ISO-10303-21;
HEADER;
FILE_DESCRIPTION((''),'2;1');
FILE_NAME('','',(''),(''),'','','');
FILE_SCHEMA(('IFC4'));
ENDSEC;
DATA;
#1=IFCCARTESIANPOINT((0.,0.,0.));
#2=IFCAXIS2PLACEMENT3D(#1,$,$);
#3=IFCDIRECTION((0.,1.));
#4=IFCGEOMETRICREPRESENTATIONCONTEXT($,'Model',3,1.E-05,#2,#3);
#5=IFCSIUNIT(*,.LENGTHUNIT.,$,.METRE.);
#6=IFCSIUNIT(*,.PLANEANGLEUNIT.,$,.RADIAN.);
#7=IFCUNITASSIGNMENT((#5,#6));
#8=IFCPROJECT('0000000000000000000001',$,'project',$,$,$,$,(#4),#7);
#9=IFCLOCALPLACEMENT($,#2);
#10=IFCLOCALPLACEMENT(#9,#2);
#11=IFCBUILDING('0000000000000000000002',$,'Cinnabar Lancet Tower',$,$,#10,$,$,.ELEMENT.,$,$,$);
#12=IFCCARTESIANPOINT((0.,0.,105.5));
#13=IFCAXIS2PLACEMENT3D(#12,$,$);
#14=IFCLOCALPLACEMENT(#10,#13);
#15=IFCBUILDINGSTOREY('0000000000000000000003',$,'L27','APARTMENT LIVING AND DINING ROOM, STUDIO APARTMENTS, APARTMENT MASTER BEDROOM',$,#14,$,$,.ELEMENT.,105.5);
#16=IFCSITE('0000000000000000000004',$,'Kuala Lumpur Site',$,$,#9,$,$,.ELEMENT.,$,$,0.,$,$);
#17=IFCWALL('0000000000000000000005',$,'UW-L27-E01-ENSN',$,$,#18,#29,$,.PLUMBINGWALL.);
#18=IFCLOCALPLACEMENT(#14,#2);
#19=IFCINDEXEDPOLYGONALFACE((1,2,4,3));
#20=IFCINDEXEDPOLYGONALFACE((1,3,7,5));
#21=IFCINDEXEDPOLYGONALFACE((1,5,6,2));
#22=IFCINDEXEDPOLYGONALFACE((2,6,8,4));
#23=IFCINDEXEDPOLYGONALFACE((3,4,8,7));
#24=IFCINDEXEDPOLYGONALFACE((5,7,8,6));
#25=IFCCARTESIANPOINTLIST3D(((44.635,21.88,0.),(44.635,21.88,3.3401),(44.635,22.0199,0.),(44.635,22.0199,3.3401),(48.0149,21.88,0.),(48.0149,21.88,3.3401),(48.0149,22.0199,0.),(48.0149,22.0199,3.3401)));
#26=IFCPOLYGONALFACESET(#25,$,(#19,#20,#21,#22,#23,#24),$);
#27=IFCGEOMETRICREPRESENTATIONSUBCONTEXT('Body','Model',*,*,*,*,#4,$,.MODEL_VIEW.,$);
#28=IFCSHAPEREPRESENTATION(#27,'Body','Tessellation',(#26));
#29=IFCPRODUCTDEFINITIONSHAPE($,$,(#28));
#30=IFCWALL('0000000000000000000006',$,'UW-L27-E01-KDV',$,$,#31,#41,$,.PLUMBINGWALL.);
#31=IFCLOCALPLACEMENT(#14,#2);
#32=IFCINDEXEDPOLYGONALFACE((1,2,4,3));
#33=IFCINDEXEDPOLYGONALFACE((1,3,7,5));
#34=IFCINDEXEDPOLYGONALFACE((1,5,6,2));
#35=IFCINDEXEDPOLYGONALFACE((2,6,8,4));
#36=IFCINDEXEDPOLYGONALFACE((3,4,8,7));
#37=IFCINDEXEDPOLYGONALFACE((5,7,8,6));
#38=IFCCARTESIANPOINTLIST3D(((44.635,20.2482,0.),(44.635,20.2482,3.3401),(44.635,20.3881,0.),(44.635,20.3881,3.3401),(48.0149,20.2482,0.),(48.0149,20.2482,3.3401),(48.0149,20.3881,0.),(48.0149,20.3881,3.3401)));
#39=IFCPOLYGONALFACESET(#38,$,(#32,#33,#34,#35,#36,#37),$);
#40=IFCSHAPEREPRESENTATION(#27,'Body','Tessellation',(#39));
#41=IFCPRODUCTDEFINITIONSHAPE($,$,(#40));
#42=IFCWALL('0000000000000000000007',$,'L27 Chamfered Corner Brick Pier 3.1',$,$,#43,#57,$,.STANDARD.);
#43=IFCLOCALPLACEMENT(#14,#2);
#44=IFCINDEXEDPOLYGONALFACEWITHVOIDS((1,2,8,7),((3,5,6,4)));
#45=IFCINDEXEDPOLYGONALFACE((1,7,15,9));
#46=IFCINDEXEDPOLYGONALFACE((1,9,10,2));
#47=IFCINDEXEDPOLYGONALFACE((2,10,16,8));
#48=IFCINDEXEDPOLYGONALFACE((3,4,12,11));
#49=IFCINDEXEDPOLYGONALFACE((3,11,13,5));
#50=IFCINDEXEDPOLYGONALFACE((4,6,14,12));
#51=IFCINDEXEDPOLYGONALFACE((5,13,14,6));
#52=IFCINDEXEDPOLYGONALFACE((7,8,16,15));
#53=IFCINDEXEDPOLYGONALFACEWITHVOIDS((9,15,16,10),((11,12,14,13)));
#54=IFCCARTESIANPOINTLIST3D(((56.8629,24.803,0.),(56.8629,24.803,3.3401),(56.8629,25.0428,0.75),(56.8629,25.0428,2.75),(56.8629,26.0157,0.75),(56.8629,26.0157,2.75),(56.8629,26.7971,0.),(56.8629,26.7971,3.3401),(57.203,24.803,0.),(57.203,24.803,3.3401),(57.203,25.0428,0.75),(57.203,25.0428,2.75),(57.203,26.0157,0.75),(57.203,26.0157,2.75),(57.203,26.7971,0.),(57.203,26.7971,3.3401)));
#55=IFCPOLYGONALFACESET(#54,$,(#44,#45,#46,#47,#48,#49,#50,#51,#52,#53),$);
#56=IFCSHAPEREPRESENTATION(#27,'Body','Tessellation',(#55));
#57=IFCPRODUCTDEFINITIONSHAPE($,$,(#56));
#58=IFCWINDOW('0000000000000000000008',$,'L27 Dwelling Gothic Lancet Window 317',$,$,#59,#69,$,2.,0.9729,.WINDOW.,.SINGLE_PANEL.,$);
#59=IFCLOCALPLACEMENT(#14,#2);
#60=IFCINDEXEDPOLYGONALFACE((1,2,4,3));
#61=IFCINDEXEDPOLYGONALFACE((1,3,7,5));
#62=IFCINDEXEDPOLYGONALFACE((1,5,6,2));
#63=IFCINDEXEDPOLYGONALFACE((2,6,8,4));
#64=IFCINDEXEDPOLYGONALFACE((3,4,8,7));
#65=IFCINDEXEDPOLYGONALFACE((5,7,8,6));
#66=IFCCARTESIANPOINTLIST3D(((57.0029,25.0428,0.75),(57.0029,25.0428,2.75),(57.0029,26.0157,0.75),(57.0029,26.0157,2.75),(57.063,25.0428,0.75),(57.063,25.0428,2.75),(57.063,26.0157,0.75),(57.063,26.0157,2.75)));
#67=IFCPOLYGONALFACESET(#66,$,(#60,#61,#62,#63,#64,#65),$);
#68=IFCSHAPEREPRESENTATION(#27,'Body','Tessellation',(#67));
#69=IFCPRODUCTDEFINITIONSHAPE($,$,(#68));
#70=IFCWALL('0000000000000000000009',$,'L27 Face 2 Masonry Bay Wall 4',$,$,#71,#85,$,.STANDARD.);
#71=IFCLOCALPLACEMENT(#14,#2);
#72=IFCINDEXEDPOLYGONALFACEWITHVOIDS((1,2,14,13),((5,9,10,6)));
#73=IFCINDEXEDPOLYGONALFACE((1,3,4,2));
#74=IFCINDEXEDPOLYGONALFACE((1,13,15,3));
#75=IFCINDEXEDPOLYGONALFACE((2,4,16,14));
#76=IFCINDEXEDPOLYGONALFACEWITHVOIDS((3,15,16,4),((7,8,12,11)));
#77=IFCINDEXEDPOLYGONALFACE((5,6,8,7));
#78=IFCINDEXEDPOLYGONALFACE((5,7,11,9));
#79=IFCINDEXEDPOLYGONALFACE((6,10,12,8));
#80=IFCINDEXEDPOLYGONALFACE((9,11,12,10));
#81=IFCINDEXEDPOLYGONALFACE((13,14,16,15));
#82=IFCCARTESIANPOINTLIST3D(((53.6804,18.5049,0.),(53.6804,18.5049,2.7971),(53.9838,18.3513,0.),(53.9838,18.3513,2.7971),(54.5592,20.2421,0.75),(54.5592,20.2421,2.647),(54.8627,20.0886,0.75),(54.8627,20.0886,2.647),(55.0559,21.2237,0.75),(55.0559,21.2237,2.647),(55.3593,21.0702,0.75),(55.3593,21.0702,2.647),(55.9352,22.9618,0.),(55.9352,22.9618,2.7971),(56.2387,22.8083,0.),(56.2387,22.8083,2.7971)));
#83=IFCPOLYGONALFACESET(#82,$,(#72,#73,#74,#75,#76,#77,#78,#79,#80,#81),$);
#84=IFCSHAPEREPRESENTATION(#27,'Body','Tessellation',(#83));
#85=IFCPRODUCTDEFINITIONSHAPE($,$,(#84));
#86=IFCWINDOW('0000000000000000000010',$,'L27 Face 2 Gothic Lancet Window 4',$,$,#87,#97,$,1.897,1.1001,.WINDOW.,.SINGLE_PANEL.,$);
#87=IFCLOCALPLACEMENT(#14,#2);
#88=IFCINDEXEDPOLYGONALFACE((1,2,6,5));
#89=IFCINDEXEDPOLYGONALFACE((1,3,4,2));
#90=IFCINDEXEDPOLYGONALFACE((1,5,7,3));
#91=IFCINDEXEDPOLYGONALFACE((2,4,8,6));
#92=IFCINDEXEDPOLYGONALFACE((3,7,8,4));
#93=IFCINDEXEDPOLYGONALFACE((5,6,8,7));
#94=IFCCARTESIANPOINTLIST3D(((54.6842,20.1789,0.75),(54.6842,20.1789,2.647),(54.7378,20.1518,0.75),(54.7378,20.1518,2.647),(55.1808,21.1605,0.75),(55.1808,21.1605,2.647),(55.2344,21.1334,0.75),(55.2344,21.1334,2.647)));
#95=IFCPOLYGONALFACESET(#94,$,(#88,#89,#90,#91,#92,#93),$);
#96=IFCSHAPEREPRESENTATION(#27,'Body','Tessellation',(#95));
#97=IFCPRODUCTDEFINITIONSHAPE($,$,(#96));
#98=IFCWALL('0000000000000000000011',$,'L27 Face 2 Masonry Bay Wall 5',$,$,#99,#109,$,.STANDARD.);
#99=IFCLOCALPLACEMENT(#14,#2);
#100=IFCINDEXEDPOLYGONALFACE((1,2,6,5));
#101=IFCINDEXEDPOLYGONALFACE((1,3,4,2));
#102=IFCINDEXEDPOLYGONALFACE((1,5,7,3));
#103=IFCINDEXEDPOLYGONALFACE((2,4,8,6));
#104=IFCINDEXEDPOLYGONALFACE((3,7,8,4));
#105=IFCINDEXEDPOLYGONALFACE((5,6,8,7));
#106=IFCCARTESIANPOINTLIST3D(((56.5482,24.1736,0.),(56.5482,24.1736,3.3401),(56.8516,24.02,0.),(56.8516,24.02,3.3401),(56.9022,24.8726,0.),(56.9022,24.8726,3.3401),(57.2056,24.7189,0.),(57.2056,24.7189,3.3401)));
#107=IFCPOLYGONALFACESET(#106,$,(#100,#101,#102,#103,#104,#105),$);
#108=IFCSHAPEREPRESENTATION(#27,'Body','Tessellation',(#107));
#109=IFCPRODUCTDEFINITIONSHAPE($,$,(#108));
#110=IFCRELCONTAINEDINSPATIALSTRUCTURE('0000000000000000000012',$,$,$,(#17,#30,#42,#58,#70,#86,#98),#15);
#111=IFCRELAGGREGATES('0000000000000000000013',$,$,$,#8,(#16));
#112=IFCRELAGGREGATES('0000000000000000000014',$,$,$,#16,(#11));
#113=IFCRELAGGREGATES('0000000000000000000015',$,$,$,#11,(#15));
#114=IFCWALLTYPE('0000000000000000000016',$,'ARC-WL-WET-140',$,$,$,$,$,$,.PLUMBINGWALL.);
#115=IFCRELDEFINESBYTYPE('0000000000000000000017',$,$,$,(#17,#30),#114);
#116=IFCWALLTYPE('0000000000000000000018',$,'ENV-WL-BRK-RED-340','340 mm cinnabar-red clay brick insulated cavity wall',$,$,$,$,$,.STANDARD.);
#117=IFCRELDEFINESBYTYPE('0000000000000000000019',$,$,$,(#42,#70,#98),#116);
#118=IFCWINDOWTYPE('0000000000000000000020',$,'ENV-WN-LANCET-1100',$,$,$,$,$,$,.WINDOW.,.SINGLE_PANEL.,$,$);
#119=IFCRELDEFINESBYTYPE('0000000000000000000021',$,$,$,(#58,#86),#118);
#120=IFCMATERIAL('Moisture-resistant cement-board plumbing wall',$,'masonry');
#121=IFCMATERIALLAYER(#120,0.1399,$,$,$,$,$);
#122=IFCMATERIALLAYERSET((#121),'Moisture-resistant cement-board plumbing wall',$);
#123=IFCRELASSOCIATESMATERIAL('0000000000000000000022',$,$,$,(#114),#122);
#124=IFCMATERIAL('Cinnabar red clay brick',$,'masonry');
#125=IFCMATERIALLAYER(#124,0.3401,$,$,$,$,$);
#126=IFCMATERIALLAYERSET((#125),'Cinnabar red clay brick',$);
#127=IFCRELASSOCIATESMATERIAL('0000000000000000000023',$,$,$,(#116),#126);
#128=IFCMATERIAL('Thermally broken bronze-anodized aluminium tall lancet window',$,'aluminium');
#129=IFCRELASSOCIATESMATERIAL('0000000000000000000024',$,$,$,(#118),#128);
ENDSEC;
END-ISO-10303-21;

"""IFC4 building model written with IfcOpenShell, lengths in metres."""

from ifc_helpers import new_model, si_unit, direction, frame, frame_2d, origin, place, context, subcontext, project, spatial, rectangle, extrude, material, layer, layer_set, type_object, element, fill, save


model = new_model("IFC4")

# Units and contexts
model_context = context("Model", 3, precision=1e-05, world=origin(), true_north=direction((0.0, 1.0)))
body_context = subcontext(model_context, "Body", "Model", "MODEL_VIEW")
ifc_project = project(units=[si_unit("LENGTHUNIT", "METRE"), si_unit("PLANEANGLEUNIT", "RADIAN")], contexts=[model_context])

# Site, building, storey
site_placement = place(None, origin())
site = spatial("IfcSite", under=ifc_project, at=site_placement, Name="Kuala Lumpur Site", CompositionType="ELEMENT", RefElevation=0.0)
building_placement = place(site_placement, origin())
building = spatial("IfcBuilding", under=site, at=building_placement, Name="Cinnabar Lancet Tower", CompositionType="ELEMENT")
storey_placement = place(building_placement, frame((0.0, 0.0, 105.5)))
storey = spatial("IfcBuildingStorey", under=building, at=storey_placement, Name="L27", Description="APARTMENT LIVING AND DINING ROOM, STUDIO APARTMENTS, APARTMENT MASTER BEDROOM", CompositionType="ELEMENT", Elevation=105.5)

# Shared definitions
ifc_material_1 = material(Name="Moisture-resistant cement-board plumbing wall", Category="masonry")
ifc_layer_1 = layer(ifc_material_1, 0.1399)
ifc_layer_set_1 = layer_set([ifc_layer_1], Name="Moisture-resistant cement-board plumbing wall")
wall_type_1 = type_object("IfcWallType", Name="ARC-WL-WET-140", PredefinedType="PLUMBINGWALL", material=ifc_layer_set_1)

# Walls
for number, where, z_axis, x_axis, name in (
    (1, (44.635, 21.95, 0.0), (0.0, 0.0, 1.0), (1.0, 0.0, 0.0), "UW-L27-E01-ENSN"),
    (2, (44.635, 20.3181, 0.0), (0.0, 0.0, 1.0), (1.0, 0.0, 0.0), "UW-L27-E01-KDV"),
):
    element("IfcWall", number, at=place(storey_placement, frame(where, z_axis=z_axis, x_axis=x_axis)), inside=storey, type_object=wall_type_1, Name=name, PredefinedType="PLUMBINGWALL", context=body_context, shape_type="SweptSolid", body=[
        extrude(rectangle(XDim=3.3799, YDim=0.1399, at=frame_2d((1.6899, 0.0))), origin(), (0.0, 0.0, 1.0), 3.3401),
    ])

# Walls, openings, windows
ifc_material_2 = material(Name="Cinnabar red clay brick", Category="masonry")
ifc_layer_2 = layer(ifc_material_2, 0.3401)
ifc_layer_set_2 = layer_set([ifc_layer_2], Name="Cinnabar red clay brick")
wall_type_2 = type_object("IfcWallType", Name="ENV-WL-BRK-RED-340", Description="340 mm cinnabar-red clay brick insulated cavity wall", PredefinedType="STANDARD", material=ifc_layer_set_2)
wall_1_placement = place(storey_placement, frame((57.033, 24.803, 0.0), z_axis=(0.0, 0.0, 1.0), x_axis=(0.0, 1.0, 0.0)))
wall_1 = element("IfcWall", 3, at=wall_1_placement, inside=storey, type_object=wall_type_2, Name="L27 Chamfered Corner Brick Pier 3.1", PredefinedType="STANDARD", context=body_context, shape_type="SweptSolid", body=[
    extrude(rectangle(XDim=1.9941, YDim=0.3401, at=frame_2d((0.9971, 0.0))), origin(), (0.0, 0.0, 1.0), 3.3401),
])
opening_1_placement = place(wall_1_placement, frame((0.24, 0.0, 0.75)))
opening_1 = element("IfcOpeningElement", 4, at=opening_1_placement, cuts=wall_1, PredefinedType="OPENING", context=body_context, shape_type="SweptSolid", body=[
    extrude(rectangle(XDim=0.9729, YDim=2.0, at=frame_2d((0.4863, 1.0))), frame((0.0, 0.1799, 0.0), z_axis=(0.0, -1.0, 0.0), x_axis=(1.0, 0.0, 0.0)), (0.0, 0.0, 1.0), 0.3601),
])
ifc_material_3 = material(Name="Thermally broken bronze-anodized aluminium tall lancet window", Category="aluminium")
window_type = type_object("IfcWindowType", Name="ENV-WN-LANCET-1100", PartitioningType="SINGLE_PANEL", PredefinedType="WINDOW", material=ifc_material_3)
window_1_placement = place(opening_1_placement, origin())
window_1 = element("IfcWindow", 5, at=window_1_placement, inside=storey, type_object=window_type, Name="L27 Dwelling Gothic Lancet Window 317", OverallHeight=2.0, OverallWidth=0.9729, PartitioningType="SINGLE_PANEL", PredefinedType="WINDOW", context=body_context, shape_type="SweptSolid", body=[
    extrude(rectangle(XDim=0.9729, YDim=2.0, at=frame_2d((0.4863, 1.0))), frame((0.0, 0.03, 0.0), z_axis=(0.0, -1.0, 0.0), x_axis=(1.0, 0.0, 0.0)), (0.0, 0.0, 1.0), 0.0601),
])
fill(opening_1, window_1)
wall_2_placement = place(storey_placement, frame((53.832, 18.428, 0.0), z_axis=(0.0, 0.0, 1.0), x_axis=(0.451432, 0.892306, 0.0)))
wall_2 = element("IfcWall", 6, at=wall_2_placement, inside=storey, type_object=wall_type_2, Name="L27 Face 2 Masonry Bay Wall 4", PredefinedType="STANDARD", context=body_context, shape_type="SweptSolid", body=[
    extrude(rectangle(XDim=4.9949, YDim=0.3401, at=frame_2d((2.4976, 0.0))), origin(), (0.0, 0.0, 1.0), 2.7971),
])
opening_2_placement = place(wall_2_placement, frame((1.947, 0.0, 0.75)))
opening_2 = element("IfcOpeningElement", 7, at=opening_2_placement, cuts=wall_2, PredefinedType="OPENING", context=body_context, shape_type="SweptSolid", body=[
    extrude(rectangle(XDim=1.1001, YDim=1.897, at=frame_2d((0.55, 0.9485))), frame((0.0, 0.1799, 0.0), z_axis=(0.0, -1.0, 0.0), x_axis=(1.0, 0.0, 0.0)), (0.0, 0.0, 1.0), 0.3601),
])
window_2_placement = place(opening_2_placement, origin())
window_2 = element("IfcWindow", 8, at=window_2_placement, inside=storey, type_object=window_type, Name="L27 Face 2 Gothic Lancet Window 4", OverallHeight=1.897, OverallWidth=1.1001, PartitioningType="SINGLE_PANEL", PredefinedType="WINDOW", context=body_context, shape_type="SweptSolid", body=[
    extrude(rectangle(XDim=1.1001, YDim=1.897, at=frame_2d((0.55, 0.9485))), frame((0.0, 0.03, 0.0), z_axis=(0.0, -1.0, 0.0), x_axis=(1.0, 0.0, 0.0)), (0.0, 0.0, 1.0), 0.0601),
])
fill(opening_2, window_2)

# Wall
wall_3_placement = place(storey_placement, frame((56.7, 24.0969, 0.0), z_axis=(0.0, 0.0, 1.0), x_axis=(0.451819, 0.892109, 0.0)))
element("IfcWall", 9, at=wall_3_placement, inside=storey, type_object=wall_type_2, Name="L27 Face 2 Masonry Bay Wall 5", PredefinedType="STANDARD", context=body_context, shape_type="SweptSolid", body=[
    extrude(rectangle(XDim=0.7834, YDim=0.3401, at=frame_2d((0.3916, 0.0))), origin(), (0.0, 0.0, 1.0), 3.3401),
])

save(model, "model.ifc")
